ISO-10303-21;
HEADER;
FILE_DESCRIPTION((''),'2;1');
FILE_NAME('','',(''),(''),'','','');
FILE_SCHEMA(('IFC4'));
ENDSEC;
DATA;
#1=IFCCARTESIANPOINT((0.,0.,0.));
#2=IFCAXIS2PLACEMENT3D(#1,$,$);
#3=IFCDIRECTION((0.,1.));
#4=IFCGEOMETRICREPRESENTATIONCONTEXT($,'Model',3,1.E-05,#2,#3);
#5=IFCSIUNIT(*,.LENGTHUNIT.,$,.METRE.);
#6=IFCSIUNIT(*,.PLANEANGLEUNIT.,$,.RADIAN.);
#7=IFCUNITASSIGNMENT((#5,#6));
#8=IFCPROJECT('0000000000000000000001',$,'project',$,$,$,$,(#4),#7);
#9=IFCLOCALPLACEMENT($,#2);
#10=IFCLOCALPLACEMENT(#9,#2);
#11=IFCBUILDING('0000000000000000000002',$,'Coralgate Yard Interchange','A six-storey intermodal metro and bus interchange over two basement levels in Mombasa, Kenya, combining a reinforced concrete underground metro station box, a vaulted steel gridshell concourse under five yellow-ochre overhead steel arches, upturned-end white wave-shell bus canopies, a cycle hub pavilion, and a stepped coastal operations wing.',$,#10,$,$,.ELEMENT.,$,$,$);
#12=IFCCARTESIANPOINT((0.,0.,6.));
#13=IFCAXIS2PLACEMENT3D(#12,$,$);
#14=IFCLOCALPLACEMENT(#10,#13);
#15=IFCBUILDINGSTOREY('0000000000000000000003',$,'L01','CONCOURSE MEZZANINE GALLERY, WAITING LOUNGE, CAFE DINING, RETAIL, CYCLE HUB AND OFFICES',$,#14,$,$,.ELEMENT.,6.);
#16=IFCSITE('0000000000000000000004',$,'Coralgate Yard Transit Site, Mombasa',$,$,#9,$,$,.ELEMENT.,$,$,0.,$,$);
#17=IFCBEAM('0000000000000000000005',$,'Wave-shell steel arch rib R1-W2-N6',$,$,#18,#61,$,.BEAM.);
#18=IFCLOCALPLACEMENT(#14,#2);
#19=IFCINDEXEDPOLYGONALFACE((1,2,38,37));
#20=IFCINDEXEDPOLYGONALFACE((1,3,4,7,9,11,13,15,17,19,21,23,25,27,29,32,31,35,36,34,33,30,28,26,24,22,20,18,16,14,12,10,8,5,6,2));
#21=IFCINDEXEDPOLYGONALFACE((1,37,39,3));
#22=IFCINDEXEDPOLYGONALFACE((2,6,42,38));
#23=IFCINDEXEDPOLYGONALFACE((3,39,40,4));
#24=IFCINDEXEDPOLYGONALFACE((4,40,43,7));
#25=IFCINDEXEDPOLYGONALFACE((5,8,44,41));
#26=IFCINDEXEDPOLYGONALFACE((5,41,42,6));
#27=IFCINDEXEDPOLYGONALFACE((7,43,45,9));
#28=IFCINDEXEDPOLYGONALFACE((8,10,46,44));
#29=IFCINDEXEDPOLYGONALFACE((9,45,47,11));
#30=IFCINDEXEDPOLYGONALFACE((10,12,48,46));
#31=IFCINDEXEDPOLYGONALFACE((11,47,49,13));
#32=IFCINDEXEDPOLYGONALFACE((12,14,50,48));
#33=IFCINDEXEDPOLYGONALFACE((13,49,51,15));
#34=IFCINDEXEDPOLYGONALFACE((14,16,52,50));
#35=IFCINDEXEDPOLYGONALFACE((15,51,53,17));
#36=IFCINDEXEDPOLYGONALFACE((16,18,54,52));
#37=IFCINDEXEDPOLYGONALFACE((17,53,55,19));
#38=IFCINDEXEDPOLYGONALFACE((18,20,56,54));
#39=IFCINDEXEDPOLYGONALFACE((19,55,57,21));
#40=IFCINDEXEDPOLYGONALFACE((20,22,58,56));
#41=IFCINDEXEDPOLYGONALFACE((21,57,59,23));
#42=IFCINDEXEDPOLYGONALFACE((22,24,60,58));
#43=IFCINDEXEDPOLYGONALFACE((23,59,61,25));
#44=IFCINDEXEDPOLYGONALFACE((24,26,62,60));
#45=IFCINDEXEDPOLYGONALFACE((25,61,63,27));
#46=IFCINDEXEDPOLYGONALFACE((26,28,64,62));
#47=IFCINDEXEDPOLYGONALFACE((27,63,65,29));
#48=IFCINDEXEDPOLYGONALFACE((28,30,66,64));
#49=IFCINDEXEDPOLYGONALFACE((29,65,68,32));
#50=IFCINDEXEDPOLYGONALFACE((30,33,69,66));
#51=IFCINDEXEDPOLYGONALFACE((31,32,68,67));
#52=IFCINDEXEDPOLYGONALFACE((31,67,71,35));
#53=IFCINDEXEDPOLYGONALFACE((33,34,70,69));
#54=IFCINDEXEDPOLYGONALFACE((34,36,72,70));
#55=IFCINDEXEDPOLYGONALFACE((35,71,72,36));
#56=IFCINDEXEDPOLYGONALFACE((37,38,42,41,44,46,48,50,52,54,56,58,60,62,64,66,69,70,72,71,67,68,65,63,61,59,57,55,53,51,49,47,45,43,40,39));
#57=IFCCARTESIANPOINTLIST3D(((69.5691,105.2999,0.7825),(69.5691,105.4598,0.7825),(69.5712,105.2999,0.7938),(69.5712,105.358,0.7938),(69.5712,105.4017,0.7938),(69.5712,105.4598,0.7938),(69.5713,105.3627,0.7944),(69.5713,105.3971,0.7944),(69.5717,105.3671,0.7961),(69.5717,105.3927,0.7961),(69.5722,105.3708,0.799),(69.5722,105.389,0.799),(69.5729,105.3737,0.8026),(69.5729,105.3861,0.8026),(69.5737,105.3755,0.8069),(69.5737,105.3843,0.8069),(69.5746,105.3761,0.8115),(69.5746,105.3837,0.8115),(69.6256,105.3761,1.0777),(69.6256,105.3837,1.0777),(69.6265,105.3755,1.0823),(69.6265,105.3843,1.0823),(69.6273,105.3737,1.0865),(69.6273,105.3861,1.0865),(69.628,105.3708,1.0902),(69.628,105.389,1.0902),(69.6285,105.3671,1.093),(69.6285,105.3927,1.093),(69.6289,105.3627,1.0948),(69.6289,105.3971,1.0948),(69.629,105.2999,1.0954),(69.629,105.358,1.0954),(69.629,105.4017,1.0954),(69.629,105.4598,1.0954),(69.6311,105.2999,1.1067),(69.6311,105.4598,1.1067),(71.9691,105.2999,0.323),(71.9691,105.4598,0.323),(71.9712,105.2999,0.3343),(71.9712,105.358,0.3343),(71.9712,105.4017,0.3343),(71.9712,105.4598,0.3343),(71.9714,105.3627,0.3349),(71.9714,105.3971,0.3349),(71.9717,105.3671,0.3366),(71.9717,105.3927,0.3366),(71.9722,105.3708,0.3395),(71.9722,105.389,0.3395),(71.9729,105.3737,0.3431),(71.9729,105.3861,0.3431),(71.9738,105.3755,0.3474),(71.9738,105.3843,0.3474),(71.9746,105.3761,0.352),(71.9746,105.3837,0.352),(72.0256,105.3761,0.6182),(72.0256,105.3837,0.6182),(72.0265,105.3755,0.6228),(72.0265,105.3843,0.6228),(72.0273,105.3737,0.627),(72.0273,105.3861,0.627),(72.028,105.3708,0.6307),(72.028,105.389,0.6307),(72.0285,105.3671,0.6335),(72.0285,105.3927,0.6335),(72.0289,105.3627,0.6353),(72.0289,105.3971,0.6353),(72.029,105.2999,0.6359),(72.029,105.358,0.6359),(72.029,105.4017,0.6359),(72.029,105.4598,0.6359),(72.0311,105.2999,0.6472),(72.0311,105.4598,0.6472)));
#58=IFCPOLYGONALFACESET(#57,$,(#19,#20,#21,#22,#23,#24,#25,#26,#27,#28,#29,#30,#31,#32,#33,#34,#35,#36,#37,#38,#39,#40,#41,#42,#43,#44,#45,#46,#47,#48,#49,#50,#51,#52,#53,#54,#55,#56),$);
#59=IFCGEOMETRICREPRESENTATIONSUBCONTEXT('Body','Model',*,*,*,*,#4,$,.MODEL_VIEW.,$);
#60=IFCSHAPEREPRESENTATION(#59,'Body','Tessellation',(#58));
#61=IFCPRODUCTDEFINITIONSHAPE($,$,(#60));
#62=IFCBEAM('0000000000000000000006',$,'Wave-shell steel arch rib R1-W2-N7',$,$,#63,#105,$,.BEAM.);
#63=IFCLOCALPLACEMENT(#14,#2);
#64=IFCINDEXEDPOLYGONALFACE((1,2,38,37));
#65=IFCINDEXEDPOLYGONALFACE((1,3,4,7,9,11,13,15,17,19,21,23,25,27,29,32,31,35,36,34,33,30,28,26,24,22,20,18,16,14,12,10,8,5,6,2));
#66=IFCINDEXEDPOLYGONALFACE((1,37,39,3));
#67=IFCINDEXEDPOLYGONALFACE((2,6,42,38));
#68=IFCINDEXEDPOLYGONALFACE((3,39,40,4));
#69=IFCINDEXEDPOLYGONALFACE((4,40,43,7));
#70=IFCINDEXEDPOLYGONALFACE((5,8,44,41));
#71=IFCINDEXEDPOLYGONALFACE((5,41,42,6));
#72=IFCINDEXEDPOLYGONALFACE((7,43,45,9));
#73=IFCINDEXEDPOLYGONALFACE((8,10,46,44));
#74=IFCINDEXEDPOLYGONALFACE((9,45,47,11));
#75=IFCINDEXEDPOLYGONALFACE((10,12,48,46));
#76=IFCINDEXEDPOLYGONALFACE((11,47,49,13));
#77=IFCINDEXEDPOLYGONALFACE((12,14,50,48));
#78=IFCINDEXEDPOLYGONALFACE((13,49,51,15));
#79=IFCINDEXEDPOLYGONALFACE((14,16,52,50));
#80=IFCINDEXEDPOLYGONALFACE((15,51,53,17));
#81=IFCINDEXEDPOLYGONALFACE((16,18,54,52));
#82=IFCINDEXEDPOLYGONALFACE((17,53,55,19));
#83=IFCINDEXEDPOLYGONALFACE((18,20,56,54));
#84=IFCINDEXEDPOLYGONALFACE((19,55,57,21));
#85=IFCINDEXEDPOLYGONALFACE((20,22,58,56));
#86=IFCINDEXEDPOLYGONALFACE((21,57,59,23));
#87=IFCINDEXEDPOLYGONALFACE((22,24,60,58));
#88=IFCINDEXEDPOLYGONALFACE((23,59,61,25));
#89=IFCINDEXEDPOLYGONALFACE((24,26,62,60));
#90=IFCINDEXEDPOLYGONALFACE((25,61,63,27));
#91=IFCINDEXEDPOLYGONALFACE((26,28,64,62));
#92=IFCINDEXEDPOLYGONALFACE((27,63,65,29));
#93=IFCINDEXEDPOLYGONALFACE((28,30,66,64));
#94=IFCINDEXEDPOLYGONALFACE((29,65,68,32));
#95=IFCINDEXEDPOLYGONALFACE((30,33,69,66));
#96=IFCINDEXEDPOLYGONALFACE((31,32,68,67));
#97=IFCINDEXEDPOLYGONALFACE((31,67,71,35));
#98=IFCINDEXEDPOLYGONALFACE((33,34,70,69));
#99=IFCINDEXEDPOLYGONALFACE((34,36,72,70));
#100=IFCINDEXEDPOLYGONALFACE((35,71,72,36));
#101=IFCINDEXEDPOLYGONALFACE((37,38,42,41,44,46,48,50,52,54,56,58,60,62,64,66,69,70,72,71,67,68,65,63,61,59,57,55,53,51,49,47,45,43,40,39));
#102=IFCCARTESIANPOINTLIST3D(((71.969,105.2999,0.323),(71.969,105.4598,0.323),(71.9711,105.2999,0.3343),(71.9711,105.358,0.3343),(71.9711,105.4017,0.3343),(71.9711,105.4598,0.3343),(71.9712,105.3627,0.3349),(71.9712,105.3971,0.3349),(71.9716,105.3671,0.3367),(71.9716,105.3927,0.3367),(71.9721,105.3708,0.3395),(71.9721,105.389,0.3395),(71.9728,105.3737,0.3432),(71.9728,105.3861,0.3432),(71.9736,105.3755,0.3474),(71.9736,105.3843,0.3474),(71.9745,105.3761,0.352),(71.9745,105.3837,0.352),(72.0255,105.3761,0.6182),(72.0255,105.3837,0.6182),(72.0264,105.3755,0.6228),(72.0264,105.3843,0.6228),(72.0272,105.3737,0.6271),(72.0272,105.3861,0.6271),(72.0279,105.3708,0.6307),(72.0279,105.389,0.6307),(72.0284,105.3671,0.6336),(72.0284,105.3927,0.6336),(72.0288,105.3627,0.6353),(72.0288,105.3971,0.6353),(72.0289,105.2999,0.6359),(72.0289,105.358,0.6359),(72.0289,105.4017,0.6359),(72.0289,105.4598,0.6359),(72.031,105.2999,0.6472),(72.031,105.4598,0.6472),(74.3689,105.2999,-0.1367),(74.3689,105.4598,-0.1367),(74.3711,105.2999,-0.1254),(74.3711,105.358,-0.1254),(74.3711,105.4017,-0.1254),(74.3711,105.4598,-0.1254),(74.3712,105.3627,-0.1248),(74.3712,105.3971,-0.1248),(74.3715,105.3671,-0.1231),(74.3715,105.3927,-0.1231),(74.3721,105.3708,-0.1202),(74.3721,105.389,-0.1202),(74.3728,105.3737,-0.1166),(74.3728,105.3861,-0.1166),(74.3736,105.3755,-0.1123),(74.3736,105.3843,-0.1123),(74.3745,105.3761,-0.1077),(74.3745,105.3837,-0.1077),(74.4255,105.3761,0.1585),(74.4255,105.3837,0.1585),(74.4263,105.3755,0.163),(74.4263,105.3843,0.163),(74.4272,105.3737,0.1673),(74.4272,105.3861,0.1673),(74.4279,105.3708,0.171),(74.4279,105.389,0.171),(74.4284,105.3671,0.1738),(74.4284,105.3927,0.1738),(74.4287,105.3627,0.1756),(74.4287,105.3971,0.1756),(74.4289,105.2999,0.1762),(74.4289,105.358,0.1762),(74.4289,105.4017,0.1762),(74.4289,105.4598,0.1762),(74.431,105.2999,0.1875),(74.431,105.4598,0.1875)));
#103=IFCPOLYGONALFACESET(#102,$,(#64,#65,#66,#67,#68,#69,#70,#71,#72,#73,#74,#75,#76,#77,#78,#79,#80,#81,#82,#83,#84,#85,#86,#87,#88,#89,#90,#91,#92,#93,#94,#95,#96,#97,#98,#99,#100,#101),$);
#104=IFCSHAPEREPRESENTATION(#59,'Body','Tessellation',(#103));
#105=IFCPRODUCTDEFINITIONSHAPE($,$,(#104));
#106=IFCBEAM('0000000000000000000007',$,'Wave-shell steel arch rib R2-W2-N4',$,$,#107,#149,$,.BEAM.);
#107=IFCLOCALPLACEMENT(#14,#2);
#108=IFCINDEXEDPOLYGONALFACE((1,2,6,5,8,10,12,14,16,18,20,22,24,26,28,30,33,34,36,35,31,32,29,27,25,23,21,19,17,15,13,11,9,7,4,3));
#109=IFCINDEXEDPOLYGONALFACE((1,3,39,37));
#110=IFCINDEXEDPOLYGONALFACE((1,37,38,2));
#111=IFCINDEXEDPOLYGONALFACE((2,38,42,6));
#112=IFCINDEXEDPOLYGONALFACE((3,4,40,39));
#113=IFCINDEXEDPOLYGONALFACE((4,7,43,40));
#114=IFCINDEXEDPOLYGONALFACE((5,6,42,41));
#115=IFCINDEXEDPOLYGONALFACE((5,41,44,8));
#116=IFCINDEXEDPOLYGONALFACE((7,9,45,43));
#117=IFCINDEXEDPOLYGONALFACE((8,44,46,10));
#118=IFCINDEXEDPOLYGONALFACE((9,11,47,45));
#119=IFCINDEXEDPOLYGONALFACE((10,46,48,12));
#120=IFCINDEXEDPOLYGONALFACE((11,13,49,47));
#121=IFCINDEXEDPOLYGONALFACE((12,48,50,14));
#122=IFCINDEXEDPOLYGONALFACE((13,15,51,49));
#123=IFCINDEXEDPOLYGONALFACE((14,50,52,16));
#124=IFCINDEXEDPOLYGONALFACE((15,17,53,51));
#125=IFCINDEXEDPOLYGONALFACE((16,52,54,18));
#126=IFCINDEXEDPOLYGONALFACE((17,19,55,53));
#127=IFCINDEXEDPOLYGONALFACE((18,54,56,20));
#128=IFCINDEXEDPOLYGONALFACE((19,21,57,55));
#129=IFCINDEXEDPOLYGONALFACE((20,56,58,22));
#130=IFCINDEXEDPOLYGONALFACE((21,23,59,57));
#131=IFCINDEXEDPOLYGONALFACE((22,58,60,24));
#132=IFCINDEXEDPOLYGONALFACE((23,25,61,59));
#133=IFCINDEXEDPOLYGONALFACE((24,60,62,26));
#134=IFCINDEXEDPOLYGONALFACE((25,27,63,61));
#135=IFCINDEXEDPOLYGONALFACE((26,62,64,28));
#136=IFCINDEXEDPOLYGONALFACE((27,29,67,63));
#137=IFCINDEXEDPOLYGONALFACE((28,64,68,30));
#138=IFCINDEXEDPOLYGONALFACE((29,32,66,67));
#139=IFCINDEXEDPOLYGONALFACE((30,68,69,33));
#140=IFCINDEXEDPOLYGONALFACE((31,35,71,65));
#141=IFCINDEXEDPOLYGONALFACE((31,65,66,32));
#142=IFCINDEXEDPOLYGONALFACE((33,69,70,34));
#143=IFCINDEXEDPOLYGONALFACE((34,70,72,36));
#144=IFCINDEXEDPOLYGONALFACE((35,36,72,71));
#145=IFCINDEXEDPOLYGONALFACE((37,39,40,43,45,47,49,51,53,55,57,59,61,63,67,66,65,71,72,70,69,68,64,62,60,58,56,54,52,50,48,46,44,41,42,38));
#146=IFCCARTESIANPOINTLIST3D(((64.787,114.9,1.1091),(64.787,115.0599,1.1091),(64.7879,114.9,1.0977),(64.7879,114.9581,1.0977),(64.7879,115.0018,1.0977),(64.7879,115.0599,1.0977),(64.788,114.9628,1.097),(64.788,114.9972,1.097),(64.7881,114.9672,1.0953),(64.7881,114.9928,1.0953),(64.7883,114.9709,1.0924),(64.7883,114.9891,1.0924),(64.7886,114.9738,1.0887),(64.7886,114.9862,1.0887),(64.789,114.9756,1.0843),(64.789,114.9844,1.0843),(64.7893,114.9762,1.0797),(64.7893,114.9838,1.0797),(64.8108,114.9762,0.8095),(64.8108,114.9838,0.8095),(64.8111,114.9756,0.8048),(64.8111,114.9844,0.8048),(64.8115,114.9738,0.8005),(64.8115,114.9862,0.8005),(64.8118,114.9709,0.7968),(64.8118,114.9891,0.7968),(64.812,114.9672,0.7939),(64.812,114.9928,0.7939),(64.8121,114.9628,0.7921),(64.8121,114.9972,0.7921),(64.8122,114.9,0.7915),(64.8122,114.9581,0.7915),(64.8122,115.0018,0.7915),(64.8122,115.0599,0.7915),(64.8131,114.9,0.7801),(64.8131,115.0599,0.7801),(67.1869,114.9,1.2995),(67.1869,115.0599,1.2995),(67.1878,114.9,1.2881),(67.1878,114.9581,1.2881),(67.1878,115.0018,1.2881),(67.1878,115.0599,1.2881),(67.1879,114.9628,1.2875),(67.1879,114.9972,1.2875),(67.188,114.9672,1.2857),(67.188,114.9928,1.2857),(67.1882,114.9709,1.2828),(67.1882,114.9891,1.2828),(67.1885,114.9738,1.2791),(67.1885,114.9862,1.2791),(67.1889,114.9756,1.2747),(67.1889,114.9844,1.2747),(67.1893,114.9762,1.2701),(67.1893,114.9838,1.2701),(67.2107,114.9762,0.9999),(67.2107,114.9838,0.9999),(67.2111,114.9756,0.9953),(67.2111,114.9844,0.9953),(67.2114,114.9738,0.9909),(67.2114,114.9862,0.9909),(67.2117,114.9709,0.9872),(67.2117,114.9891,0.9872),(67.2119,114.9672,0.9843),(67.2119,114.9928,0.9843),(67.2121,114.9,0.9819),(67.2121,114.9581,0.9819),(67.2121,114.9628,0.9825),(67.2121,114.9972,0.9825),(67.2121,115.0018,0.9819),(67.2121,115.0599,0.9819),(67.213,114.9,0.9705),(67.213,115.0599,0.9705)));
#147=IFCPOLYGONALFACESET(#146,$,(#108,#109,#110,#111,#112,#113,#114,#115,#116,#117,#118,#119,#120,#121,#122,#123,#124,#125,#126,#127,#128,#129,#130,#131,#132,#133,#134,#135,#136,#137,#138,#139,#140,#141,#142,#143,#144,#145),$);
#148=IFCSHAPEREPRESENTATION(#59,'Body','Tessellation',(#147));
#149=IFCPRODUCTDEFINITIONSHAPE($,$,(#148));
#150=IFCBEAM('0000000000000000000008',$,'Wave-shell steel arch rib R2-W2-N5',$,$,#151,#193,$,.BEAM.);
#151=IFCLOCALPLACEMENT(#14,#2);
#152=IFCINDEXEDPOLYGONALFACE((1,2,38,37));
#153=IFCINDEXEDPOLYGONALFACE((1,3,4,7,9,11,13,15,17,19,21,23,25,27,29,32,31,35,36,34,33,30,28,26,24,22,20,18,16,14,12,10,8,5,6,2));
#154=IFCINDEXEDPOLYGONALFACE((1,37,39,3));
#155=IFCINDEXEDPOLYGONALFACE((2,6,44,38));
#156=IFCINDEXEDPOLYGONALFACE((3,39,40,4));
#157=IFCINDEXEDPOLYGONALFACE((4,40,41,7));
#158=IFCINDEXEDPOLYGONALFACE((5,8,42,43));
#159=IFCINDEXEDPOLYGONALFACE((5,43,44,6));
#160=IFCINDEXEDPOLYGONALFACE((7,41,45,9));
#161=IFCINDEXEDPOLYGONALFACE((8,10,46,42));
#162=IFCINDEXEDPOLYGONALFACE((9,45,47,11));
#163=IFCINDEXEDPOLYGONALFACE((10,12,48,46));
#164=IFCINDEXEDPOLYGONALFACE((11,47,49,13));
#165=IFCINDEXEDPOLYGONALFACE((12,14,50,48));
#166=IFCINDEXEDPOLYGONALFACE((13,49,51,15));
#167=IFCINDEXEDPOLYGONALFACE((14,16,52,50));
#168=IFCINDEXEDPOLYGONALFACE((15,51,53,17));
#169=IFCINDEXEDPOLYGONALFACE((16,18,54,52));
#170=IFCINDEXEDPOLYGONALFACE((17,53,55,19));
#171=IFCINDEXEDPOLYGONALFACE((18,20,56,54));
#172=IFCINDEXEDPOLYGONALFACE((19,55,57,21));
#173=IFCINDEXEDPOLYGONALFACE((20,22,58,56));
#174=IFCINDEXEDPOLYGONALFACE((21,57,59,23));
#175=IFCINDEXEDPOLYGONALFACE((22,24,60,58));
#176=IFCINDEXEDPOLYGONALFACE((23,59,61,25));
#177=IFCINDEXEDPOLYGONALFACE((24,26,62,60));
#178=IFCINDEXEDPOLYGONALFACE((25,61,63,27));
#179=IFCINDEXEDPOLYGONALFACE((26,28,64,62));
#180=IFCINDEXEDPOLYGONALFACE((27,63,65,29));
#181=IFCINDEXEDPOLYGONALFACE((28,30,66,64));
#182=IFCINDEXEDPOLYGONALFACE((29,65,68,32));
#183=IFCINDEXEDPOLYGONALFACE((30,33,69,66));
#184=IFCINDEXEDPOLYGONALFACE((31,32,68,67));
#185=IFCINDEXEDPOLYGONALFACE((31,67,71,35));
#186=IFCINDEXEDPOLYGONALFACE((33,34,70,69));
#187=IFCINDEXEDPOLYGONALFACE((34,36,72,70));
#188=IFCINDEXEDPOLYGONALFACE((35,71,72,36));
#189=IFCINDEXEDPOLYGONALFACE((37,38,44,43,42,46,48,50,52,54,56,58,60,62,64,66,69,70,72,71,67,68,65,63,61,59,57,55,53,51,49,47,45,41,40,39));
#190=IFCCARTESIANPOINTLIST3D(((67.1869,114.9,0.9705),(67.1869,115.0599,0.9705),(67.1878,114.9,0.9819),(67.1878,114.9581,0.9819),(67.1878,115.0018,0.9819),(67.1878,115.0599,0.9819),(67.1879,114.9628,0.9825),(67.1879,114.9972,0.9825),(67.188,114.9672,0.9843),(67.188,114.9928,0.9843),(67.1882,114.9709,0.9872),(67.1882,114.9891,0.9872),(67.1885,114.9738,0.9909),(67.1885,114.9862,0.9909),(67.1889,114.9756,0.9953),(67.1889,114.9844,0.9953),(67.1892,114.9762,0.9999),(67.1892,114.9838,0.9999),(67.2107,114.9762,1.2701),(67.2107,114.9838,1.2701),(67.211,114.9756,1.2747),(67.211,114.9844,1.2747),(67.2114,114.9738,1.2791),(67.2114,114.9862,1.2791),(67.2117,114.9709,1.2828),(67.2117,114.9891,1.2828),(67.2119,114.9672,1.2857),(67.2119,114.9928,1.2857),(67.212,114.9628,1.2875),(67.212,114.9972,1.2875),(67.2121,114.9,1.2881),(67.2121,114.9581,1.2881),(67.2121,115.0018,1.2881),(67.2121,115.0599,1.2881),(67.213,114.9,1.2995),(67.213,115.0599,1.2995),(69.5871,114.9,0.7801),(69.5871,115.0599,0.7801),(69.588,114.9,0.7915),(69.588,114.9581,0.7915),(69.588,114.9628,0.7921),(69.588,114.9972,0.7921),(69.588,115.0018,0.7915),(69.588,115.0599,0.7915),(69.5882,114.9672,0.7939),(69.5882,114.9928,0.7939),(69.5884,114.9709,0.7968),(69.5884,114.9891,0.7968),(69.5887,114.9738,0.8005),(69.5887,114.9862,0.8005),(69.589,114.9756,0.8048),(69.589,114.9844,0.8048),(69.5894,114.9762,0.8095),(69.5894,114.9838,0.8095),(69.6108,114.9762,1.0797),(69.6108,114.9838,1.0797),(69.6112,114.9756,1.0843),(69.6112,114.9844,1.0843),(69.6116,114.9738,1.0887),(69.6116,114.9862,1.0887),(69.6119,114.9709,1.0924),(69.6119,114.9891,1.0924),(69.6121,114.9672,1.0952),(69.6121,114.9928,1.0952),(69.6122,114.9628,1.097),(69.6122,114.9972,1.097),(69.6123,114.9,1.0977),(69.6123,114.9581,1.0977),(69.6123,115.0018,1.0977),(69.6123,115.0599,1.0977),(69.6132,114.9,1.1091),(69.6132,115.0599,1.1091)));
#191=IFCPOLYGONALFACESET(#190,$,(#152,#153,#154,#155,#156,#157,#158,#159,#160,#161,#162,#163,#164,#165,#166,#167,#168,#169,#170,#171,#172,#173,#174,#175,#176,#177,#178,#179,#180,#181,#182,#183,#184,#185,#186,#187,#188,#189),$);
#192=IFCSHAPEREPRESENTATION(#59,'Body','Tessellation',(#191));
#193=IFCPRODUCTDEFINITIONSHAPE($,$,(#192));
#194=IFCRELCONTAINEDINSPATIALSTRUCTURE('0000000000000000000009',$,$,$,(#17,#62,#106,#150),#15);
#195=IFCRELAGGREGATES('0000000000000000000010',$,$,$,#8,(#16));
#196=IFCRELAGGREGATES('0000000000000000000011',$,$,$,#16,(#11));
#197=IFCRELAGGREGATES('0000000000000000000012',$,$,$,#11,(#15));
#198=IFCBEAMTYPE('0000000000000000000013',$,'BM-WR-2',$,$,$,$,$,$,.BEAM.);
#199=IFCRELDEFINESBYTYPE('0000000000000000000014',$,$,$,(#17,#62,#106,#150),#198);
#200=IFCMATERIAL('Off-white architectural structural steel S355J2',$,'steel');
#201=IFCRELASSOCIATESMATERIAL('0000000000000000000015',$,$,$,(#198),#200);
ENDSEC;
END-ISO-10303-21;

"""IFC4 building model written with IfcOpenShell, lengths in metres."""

from ifc_helpers import new_model, si_unit, direction, frame, origin, origin_2d, place, context, subcontext, project, spatial, i_section, extrude, material, material_profile, profile_set, type_object, element, save


model = new_model("IFC4")

# Units and contexts
model_context = context("Model", 3, precision=1e-05, world=origin(), true_north=direction((0.0, 1.0)))
body_context = subcontext(model_context, "Body", "Model", "MODEL_VIEW")
ifc_project = project(units=[si_unit("LENGTHUNIT", "METRE"), si_unit("PLANEANGLEUNIT", "RADIAN")], contexts=[model_context])

# Site, building, storey
site_placement = place(None, origin())
site = spatial("IfcSite", under=ifc_project, at=site_placement, Name="Coralgate Yard Transit Site, Mombasa", CompositionType="ELEMENT", RefElevation=0.0)
building_placement = place(site_placement, origin())
building = spatial("IfcBuilding", under=site, at=building_placement, Name="Coralgate Yard Interchange", Description="A six-storey intermodal metro and bus interchange over two basement levels in Mombasa, Kenya, combining a reinforced concrete underground metro station box, a vaulted steel gridshell concourse under five yellow-ochre overhead steel arches, upturned-end white wave-shell bus canopies, a cycle hub pavilion, and a stepped coastal operations wing.", CompositionType="ELEMENT")
storey_placement = place(building_placement, frame((0.0, 0.0, 6.0)))
storey = spatial("IfcBuildingStorey", under=building, at=storey_placement, Name="L01", Description="CONCOURSE MEZZANINE GALLERY, WAITING LOUNGE, CAFE DINING, RETAIL, CYCLE HUB AND OFFICES", CompositionType="ELEMENT", Elevation=6.0)

# Beams
ifc_material_1 = material(Name="Off-white architectural structural steel S355J2", Category="steel")
ifc_material_profile_1 = material_profile(ifc_material_1, i_section(OverallWidth=0.1599, OverallDepth=0.3301, WebThickness=0.0076, FlangeThickness=0.0115, FilletRadius=0.0181, at=origin_2d()), Name="IPE 330")
ifc_profile_set_1 = profile_set([ifc_material_profile_1], Name="Off-white architectural structural steel S355J2")
beam_type_1 = type_object("IfcBeamType", Name="BM-WR-2", PredefinedType="BEAM", material=ifc_profile_set_1)
for number, where, z_axis, x_axis, name in (
    (1, (69.6001, 105.3799, 0.9446), (0.982161, 0.0, -0.188039), (0.0, 1.0, 0.0), "Wave-shell steel arch rib R1-W2-N6"),
    (2, (72.0, 105.3799, 0.4851), (0.982143, 0.0, -0.188136), (0.0, 1.0, 0.0), "Wave-shell steel arch rib R1-W2-N7"),
):
    element("IfcBeam", number, at=place(storey_placement, frame(where, z_axis=z_axis, x_axis=x_axis)), inside=storey, type_object=beam_type_1, Name=name, PredefinedType="BEAM", context=body_context, shape_type="SweptSolid", body=[
        extrude(i_section(OverallWidth=0.1599, OverallDepth=0.3301, WebThickness=0.0076, FlangeThickness=0.0115, FilletRadius=0.0181, at=origin_2d()), origin(), (0.0, 0.0, 1.0), 2.4436),
    ])
beam_1_placement = place(storey_placement, frame((64.8, 114.98, 0.9446), z_axis=(0.996867, 0.0, 0.0791), x_axis=(0.0, 1.0, 0.0)))
element("IfcBeam", 3, at=beam_1_placement, inside=storey, type_object=beam_type_1, Name="Wave-shell steel arch rib R2-W2-N4", PredefinedType="BEAM", context=body_context, shape_type="SweptSolid", body=[
    extrude(i_section(OverallWidth=0.1599, OverallDepth=0.3301, WebThickness=0.0076, FlangeThickness=0.0115, FilletRadius=0.0181, at=origin_2d()), origin(), (0.0, 0.0, 1.0), 2.4075),
])
beam_2_placement = place(storey_placement, frame((67.2, 114.98, 1.135), z_axis=(0.996867, 0.0, -0.079092), x_axis=(0.0, 1.0, 0.0)))
element("IfcBeam", 4, at=beam_2_placement, inside=storey, type_object=beam_type_1, Name="Wave-shell steel arch rib R2-W2-N5", PredefinedType="BEAM", context=body_context, shape_type="SweptSolid", body=[
    extrude(i_section(OverallWidth=0.1599, OverallDepth=0.3301, WebThickness=0.0076, FlangeThickness=0.0115, FilletRadius=0.0181, at=origin_2d()), origin(), (0.0, 0.0, 1.0), 2.4077),
])

save(model, "model.ifc")
